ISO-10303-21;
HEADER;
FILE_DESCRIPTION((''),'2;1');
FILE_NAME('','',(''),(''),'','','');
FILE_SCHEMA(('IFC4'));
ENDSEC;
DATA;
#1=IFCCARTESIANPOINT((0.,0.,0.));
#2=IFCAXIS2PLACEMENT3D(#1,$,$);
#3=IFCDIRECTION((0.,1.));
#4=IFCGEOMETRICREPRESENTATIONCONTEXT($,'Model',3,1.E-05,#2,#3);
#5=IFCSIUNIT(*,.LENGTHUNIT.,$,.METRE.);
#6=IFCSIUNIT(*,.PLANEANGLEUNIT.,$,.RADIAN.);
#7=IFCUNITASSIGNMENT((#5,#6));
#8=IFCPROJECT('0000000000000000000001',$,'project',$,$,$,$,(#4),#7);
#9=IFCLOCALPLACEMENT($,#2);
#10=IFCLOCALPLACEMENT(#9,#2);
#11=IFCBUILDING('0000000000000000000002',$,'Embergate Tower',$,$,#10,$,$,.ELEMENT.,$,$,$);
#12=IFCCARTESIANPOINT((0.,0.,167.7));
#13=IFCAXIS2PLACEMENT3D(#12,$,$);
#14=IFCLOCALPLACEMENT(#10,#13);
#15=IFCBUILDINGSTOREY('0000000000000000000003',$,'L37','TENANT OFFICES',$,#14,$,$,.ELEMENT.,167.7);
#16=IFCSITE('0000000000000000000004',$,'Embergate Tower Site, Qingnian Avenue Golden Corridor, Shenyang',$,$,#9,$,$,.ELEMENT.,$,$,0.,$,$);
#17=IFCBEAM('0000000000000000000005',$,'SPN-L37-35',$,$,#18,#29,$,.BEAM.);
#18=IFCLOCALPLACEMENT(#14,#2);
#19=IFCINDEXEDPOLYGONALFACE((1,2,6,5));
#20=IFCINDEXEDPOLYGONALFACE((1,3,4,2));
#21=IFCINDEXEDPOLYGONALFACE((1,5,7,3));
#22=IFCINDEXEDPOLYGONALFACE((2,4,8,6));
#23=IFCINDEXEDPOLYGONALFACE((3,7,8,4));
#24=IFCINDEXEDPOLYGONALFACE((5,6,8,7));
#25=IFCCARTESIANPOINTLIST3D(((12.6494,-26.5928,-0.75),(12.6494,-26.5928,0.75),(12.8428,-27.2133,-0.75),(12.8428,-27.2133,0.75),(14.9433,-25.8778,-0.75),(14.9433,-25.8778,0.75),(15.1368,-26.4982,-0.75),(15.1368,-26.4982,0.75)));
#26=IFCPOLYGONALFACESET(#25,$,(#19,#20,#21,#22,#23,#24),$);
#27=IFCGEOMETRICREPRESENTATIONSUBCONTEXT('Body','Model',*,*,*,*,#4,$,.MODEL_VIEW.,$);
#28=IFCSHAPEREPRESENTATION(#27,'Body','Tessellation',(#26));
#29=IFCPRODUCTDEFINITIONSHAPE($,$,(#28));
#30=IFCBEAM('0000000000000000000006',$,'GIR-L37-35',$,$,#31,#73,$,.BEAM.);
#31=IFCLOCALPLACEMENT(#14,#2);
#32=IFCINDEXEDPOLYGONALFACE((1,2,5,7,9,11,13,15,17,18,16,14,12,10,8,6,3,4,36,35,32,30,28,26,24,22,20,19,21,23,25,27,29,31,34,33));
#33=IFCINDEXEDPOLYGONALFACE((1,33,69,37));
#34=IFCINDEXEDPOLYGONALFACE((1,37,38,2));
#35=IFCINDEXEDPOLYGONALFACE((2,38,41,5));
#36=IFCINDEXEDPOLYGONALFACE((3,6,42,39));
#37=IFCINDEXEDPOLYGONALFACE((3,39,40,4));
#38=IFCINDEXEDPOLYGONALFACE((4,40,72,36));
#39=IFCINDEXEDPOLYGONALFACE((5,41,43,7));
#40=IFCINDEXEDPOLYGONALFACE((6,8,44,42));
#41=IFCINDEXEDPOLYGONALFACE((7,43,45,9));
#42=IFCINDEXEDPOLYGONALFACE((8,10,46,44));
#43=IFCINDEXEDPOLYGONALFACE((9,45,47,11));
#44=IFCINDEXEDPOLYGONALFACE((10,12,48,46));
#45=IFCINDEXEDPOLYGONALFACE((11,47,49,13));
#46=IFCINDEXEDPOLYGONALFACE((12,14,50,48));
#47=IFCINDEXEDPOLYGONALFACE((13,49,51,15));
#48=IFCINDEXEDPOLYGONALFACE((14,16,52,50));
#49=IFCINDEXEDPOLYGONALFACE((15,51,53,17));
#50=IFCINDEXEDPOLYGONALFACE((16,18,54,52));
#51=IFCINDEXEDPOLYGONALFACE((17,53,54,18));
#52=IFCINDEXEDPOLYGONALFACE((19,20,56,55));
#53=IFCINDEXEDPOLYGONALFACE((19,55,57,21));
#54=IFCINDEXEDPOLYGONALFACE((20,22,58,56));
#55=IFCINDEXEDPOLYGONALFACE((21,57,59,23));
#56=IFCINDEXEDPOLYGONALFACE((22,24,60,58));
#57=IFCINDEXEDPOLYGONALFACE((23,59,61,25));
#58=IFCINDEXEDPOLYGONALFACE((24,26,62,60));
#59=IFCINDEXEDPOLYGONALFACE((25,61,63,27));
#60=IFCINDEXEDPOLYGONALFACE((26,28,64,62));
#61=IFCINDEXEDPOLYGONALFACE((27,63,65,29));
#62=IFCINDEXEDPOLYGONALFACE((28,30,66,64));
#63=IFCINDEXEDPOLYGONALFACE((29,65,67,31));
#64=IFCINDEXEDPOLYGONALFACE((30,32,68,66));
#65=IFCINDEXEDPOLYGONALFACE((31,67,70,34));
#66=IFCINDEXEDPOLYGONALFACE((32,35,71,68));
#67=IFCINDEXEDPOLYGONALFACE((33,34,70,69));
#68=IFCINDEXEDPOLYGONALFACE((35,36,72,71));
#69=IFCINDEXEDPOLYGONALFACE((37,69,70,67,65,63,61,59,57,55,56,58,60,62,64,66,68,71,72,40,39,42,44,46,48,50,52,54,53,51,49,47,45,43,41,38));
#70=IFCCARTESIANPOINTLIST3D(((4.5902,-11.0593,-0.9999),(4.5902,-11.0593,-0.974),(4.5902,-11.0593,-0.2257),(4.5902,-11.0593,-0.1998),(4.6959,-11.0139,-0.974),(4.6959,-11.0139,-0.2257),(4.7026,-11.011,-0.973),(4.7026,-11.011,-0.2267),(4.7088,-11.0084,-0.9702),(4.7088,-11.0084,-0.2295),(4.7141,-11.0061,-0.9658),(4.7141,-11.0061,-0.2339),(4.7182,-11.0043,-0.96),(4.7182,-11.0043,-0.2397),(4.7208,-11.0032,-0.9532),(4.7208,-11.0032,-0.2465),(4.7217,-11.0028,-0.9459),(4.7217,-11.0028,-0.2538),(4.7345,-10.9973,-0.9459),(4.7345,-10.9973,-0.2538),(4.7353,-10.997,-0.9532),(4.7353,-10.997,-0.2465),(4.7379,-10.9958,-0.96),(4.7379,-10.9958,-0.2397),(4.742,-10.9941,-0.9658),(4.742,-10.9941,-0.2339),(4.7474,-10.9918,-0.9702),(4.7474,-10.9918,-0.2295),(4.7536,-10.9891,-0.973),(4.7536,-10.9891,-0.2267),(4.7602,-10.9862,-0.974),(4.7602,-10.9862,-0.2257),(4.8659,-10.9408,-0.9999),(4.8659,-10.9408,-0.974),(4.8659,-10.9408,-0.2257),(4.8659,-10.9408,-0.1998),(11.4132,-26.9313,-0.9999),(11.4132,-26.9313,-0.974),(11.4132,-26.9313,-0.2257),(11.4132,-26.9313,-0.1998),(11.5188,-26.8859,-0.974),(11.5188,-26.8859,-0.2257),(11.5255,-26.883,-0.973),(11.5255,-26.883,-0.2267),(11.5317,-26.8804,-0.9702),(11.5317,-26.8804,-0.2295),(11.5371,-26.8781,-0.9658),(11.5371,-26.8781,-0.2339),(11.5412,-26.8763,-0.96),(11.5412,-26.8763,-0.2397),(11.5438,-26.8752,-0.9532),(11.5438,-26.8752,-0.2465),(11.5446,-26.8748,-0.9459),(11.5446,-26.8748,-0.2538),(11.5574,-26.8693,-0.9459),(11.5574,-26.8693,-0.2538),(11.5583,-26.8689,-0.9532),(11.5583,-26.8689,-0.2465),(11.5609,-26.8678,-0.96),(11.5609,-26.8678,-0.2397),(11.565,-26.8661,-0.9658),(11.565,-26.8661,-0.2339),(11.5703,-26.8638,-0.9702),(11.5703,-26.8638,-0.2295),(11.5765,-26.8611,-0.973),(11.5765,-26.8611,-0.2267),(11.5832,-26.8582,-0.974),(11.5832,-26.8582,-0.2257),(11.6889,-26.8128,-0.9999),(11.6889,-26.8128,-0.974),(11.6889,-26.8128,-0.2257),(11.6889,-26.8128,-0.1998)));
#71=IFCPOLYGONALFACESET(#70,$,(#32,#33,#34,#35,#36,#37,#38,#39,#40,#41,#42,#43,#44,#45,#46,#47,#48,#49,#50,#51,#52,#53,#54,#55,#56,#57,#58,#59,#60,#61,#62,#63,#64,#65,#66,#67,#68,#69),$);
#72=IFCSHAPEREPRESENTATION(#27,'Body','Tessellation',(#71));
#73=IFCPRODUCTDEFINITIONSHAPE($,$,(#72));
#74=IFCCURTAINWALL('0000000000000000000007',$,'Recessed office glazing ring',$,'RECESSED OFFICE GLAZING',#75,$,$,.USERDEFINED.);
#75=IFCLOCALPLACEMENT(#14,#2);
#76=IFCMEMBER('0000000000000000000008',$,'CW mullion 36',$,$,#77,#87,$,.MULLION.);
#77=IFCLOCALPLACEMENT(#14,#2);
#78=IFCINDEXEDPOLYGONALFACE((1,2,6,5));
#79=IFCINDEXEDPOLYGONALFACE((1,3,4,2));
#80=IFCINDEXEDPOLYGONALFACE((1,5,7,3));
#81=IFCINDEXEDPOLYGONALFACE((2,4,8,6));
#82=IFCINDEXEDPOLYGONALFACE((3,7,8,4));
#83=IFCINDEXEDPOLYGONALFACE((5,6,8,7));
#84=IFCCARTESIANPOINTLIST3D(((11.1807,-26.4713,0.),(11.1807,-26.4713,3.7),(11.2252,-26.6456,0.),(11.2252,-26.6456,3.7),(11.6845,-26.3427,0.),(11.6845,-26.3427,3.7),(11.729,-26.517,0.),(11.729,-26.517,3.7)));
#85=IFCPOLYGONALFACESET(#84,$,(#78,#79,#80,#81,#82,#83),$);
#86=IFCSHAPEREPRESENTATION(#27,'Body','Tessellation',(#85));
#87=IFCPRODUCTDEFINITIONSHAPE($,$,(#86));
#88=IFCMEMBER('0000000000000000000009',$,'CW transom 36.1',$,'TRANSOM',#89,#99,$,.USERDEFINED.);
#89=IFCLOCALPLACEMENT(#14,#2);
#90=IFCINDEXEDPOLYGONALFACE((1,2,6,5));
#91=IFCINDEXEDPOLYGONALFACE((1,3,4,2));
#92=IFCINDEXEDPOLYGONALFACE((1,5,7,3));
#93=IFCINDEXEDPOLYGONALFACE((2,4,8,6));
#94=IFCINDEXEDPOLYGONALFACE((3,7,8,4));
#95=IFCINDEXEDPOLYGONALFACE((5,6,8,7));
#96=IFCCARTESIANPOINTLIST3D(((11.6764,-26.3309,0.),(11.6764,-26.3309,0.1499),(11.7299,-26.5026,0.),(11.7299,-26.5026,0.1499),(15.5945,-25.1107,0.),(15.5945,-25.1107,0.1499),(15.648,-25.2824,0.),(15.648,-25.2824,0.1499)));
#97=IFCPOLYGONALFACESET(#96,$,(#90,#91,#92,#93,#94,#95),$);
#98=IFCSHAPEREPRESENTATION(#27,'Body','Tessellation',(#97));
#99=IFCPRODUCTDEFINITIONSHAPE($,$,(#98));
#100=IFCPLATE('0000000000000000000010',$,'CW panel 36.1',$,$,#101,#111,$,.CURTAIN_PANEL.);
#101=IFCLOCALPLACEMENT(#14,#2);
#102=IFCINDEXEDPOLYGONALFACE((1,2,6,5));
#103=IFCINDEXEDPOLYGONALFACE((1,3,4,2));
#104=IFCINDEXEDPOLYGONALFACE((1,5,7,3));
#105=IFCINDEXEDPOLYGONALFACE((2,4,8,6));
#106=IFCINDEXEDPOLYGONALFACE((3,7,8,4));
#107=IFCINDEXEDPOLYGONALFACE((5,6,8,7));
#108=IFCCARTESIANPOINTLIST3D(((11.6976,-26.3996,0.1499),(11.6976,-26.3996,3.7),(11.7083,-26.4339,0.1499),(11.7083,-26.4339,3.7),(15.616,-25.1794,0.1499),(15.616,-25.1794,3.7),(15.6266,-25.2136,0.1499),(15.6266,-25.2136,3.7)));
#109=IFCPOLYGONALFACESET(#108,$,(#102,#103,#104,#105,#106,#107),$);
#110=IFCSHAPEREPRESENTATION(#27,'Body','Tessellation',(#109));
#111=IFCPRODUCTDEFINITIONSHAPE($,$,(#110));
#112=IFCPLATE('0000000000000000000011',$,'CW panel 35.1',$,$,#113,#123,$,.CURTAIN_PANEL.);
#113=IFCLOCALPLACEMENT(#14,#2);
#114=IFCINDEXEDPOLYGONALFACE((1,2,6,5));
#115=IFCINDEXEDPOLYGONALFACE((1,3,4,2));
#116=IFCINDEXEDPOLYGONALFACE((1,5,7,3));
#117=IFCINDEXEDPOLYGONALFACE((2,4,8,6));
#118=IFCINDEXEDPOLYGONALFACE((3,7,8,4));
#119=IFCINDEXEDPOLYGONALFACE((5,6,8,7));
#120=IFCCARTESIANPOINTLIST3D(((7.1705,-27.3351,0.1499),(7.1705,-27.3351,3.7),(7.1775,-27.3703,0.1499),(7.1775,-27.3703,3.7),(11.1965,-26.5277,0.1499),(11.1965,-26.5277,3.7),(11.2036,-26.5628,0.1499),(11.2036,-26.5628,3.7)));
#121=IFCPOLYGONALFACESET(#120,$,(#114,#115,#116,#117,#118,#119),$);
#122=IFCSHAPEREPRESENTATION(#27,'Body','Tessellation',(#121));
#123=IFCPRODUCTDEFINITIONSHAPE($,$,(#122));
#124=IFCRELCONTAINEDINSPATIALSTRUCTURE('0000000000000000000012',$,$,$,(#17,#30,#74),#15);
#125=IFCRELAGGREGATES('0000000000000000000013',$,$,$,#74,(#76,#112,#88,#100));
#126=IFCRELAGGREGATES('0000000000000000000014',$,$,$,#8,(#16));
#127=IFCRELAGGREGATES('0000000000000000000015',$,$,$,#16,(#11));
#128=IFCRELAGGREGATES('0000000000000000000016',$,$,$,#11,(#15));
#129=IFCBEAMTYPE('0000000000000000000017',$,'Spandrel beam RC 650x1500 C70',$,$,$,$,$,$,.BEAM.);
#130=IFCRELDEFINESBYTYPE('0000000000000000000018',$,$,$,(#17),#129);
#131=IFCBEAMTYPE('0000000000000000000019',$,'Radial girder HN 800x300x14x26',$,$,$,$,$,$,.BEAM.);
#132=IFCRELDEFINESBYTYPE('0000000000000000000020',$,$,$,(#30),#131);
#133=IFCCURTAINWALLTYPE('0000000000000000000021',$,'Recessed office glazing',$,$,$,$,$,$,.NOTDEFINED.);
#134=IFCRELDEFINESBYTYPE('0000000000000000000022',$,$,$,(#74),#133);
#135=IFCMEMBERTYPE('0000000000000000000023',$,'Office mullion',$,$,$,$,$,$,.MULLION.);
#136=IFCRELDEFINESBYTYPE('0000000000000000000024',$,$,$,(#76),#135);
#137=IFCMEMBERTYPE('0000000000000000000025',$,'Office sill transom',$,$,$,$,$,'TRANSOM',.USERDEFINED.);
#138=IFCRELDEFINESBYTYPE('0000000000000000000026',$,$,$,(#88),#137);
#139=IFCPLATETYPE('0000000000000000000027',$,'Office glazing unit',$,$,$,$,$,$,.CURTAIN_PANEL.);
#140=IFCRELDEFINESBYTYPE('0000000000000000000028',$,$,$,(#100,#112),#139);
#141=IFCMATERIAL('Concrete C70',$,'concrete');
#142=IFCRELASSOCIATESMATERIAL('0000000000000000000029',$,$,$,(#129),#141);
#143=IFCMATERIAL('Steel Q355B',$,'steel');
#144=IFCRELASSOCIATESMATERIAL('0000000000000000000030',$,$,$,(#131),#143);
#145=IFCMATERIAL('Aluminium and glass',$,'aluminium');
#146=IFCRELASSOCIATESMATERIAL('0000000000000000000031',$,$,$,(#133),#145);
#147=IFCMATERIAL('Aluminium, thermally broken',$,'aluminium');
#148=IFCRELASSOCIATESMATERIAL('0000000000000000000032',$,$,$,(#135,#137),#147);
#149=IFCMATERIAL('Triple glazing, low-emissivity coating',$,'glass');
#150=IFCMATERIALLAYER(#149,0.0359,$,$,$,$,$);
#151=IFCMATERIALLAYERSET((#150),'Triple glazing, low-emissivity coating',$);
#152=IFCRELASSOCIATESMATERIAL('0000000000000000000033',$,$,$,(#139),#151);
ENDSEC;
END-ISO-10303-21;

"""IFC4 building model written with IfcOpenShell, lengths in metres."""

from ifc_helpers import new_model, si_unit, direction, frame, origin, origin_2d, place, context, subcontext, project, spatial, rectangle, i_section, extrude, source, transform, mapped, material, layer, layer_set, material_profile, profile_set, type_object, element, aggregate, save


model = new_model("IFC4")

# Units and contexts
model_context = context("Model", 3, precision=1e-05, world=origin(), true_north=direction((0.0, 1.0)))
body_context = subcontext(model_context, "Body", "Model", "MODEL_VIEW")
ifc_project = project(units=[si_unit("LENGTHUNIT", "METRE"), si_unit("PLANEANGLEUNIT", "RADIAN")], contexts=[model_context])

# Site, building, storey
site_placement = place(None, origin())
site = spatial("IfcSite", under=ifc_project, at=site_placement, Name="Embergate Tower Site, Qingnian Avenue Golden Corridor, Shenyang", CompositionType="ELEMENT", RefElevation=0.0)
building_placement = place(site_placement, origin())
building = spatial("IfcBuilding", under=site, at=building_placement, Name="Embergate Tower", CompositionType="ELEMENT")
storey_placement = place(building_placement, frame((0.0, 0.0, 167.7)))
storey = spatial("IfcBuildingStorey", under=building, at=storey_placement, Name="L37", Description="TENANT OFFICES", CompositionType="ELEMENT", Elevation=167.7)

# Beams
ifc_material_1 = material(Name="Concrete C70", Category="concrete")
ifc_material_profile_1 = material_profile(ifc_material_1, rectangle(XDim=0.6499, YDim=1.5, at=origin_2d()), Name="RC 650x1500")
ifc_profile_set_1 = profile_set([ifc_material_profile_1], Name="Concrete C70")
beam_type_1 = type_object("IfcBeamType", Name="Spandrel beam RC 650x1500 C70", PredefinedType="BEAM", material=ifc_profile_set_1)
shared_shape_1 = source(origin(), body_context, "Body", "SweptSolid", [
    extrude(rectangle(XDim=0.6499, YDim=1.5, at=origin_2d()), origin(), (0.0, 0.0, 1.0), 2.4028),
])
beam_1_placement = place(storey_placement, frame((12.7461, -26.9031, 0.0), z_axis=(0.954689, 0.297604, 0.0), x_axis=(-0.297604, 0.954689, 0.0)))
element("IfcBeam", 1, at=beam_1_placement, inside=storey, type_object=beam_type_1, Name="SPN-L37-35", PredefinedType="BEAM", context=body_context, shape_type="MappedRepresentation", body=[
    mapped(shared_shape_1, transform((0.0, 0.0, 0.0))),
])
ifc_material_2 = material(Name="Steel Q355B", Category="steel")
ifc_material_profile_2 = material_profile(ifc_material_2, i_section(OverallWidth=0.3, OverallDepth=0.8, WebThickness=0.0139, FlangeThickness=0.0259, FilletRadius=0.0281, at=origin_2d()), Name="HN 800x300x14x26")
ifc_profile_set_2 = profile_set([ifc_material_profile_2], Name="Steel Q355 grade B")
beam_type_2 = type_object("IfcBeamType", Name="Radial girder HN 800x300x14x26", PredefinedType="BEAM", material=ifc_profile_set_2)
shared_shape_2 = source(origin(), body_context, "Body", "SweptSolid", [
    extrude(i_section(OverallWidth=0.3, OverallDepth=0.8, WebThickness=0.0139, FlangeThickness=0.0259, FilletRadius=0.0281, at=origin_2d()), origin(), (0.0, 0.0, 1.0), 17.2764),
])
beam_2_placement = place(storey_placement, frame((11.551, -26.8721, -0.5999), z_axis=(-0.39493, 0.918711, 0.0), x_axis=(-0.918711, -0.39493, 0.0)))
element("IfcBeam", 2, at=beam_2_placement, inside=storey, type_object=beam_type_2, Name="GIR-L37-35", PredefinedType="BEAM", context=body_context, shape_type="MappedRepresentation", body=[
    mapped(shared_shape_2, transform((0.0, 0.0, 0.0))),
])

# Curtain wall, members, plates
ifc_material_3 = material(Name="Aluminium and glass", Category="aluminium")
curtain_wall_type = type_object("IfcCurtainWallType", Name="Recessed office glazing", PredefinedType="NOTDEFINED", material=ifc_material_3)
curtain_wall_placement = place(storey_placement, origin())
curtain_wall = element("IfcCurtainWall", 3, at=curtain_wall_placement, inside=storey, type_object=curtain_wall_type, Name="Recessed office glazing ring", ObjectType="RECESSED OFFICE GLAZING", PredefinedType="USERDEFINED")
ifc_material_4 = material(Name="Aluminium, thermally broken", Category="aluminium")
ifc_material_profile_3 = material_profile(ifc_material_4, rectangle(XDim=0.1799, YDim=0.52, at=origin_2d()), Name="AL 520x180")
ifc_profile_set_3 = profile_set([ifc_material_profile_3], Name="Aluminium, thermally broken")
member_type_1 = type_object("IfcMemberType", Name="Office mullion", PredefinedType="MULLION", material=ifc_profile_set_3)
shared_shape_3 = source(origin(), body_context, "Body", "SweptSolid", [
    extrude(rectangle(XDim=0.1799, YDim=0.52, at=origin_2d()), origin(), (0.0, 0.0, 1.0), 3.7),
])
member_1_placement = place(storey_placement, frame((11.4548, -26.4941, 0.0), z_axis=(0.0, 0.0, 1.0), x_axis=(-0.247312, 0.968936, 0.0)))
member_1 = element("IfcMember", 4, at=member_1_placement, type_object=member_type_1, Name="CW mullion 36", PredefinedType="MULLION", context=body_context, shape_type="MappedRepresentation", body=[
    mapped(shared_shape_3, transform((0.0, 0.0, 0.0))),
])
ifc_material_profile_4 = material_profile(ifc_material_4, rectangle(XDim=0.1799, YDim=0.1499, at=origin_2d()), Name="AL 150x180")
ifc_profile_set_4 = profile_set([ifc_material_profile_4], Name="Aluminium, thermally broken")
member_type_2 = type_object("IfcMemberType", Name="Office sill transom", ElementType="TRANSOM", PredefinedType="USERDEFINED", material=ifc_profile_set_4)
shared_shape_4 = source(origin(), body_context, "Body", "SweptSolid", [
    extrude(rectangle(XDim=0.1799, YDim=0.1499, at=origin_2d()), origin(), (0.0, 0.0, 1.0), 4.1038),
])
member_2_placement = place(storey_placement, frame((11.7031, -26.4167, 0.075), z_axis=(0.954773, 0.297337, 0.0), x_axis=(-0.297337, 0.954773, 0.0)))
member_2 = element("IfcMember", 5, at=member_2_placement, type_object=member_type_2, Name="CW transom 36.1", ObjectType="TRANSOM", PredefinedType="USERDEFINED", context=body_context, shape_type="MappedRepresentation", body=[
    mapped(shared_shape_4, transform((0.0, 0.0, 0.0))),
])
ifc_material_5 = material(Name="Triple glazing, low-emissivity coating", Category="glass")
ifc_layer_1 = layer(ifc_material_5, 0.0359)
ifc_layer_set_1 = layer_set([ifc_layer_1], Name="Triple glazing, low-emissivity coating")
plate_type = type_object("IfcPlateType", Name="Office glazing unit", PredefinedType="CURTAIN_PANEL", material=ifc_layer_set_1)
shared_shape_5 = source(origin(), body_context, "Body", "SweptSolid", [
    extrude(rectangle(XDim=4.104, YDim=0.0359, at=origin_2d()), origin(), (0.0, 0.0, 1.0), 3.55),
])
plate_1_placement = place(storey_placement, frame((13.6621, -25.8066, 0.1499), z_axis=(0.0, 0.0, 1.0), x_axis=(0.954772, 0.297338, 0.0)))
plate_1 = element("IfcPlate", 6, at=plate_1_placement, type_object=plate_type, Name="CW panel 36.1", PredefinedType="CURTAIN_PANEL", context=body_context, shape_type="MappedRepresentation", body=[
    mapped(shared_shape_5, transform((0.0, 0.0, 0.0))),
])
shared_shape_6 = source(origin(), body_context, "Body", "SweptSolid", [
    extrude(rectangle(XDim=4.1062, YDim=0.0359, at=origin_2d()), origin(), (0.0, 0.0, 1.0), 3.55),
])
plate_2_placement = place(storey_placement, frame((9.187, -26.949, 0.1499), z_axis=(0.0, 0.0, 1.0), x_axis=(0.980476, 0.196639, 0.0)))
plate_2 = element("IfcPlate", 7, at=plate_2_placement, type_object=plate_type, Name="CW panel 35.1", PredefinedType="CURTAIN_PANEL", context=body_context, shape_type="MappedRepresentation", body=[
    mapped(shared_shape_6, transform((0.0, 0.0, 0.0))),
])
aggregate(curtain_wall, [member_1, plate_2, member_2, plate_1])

save(model, "model.ifc")
